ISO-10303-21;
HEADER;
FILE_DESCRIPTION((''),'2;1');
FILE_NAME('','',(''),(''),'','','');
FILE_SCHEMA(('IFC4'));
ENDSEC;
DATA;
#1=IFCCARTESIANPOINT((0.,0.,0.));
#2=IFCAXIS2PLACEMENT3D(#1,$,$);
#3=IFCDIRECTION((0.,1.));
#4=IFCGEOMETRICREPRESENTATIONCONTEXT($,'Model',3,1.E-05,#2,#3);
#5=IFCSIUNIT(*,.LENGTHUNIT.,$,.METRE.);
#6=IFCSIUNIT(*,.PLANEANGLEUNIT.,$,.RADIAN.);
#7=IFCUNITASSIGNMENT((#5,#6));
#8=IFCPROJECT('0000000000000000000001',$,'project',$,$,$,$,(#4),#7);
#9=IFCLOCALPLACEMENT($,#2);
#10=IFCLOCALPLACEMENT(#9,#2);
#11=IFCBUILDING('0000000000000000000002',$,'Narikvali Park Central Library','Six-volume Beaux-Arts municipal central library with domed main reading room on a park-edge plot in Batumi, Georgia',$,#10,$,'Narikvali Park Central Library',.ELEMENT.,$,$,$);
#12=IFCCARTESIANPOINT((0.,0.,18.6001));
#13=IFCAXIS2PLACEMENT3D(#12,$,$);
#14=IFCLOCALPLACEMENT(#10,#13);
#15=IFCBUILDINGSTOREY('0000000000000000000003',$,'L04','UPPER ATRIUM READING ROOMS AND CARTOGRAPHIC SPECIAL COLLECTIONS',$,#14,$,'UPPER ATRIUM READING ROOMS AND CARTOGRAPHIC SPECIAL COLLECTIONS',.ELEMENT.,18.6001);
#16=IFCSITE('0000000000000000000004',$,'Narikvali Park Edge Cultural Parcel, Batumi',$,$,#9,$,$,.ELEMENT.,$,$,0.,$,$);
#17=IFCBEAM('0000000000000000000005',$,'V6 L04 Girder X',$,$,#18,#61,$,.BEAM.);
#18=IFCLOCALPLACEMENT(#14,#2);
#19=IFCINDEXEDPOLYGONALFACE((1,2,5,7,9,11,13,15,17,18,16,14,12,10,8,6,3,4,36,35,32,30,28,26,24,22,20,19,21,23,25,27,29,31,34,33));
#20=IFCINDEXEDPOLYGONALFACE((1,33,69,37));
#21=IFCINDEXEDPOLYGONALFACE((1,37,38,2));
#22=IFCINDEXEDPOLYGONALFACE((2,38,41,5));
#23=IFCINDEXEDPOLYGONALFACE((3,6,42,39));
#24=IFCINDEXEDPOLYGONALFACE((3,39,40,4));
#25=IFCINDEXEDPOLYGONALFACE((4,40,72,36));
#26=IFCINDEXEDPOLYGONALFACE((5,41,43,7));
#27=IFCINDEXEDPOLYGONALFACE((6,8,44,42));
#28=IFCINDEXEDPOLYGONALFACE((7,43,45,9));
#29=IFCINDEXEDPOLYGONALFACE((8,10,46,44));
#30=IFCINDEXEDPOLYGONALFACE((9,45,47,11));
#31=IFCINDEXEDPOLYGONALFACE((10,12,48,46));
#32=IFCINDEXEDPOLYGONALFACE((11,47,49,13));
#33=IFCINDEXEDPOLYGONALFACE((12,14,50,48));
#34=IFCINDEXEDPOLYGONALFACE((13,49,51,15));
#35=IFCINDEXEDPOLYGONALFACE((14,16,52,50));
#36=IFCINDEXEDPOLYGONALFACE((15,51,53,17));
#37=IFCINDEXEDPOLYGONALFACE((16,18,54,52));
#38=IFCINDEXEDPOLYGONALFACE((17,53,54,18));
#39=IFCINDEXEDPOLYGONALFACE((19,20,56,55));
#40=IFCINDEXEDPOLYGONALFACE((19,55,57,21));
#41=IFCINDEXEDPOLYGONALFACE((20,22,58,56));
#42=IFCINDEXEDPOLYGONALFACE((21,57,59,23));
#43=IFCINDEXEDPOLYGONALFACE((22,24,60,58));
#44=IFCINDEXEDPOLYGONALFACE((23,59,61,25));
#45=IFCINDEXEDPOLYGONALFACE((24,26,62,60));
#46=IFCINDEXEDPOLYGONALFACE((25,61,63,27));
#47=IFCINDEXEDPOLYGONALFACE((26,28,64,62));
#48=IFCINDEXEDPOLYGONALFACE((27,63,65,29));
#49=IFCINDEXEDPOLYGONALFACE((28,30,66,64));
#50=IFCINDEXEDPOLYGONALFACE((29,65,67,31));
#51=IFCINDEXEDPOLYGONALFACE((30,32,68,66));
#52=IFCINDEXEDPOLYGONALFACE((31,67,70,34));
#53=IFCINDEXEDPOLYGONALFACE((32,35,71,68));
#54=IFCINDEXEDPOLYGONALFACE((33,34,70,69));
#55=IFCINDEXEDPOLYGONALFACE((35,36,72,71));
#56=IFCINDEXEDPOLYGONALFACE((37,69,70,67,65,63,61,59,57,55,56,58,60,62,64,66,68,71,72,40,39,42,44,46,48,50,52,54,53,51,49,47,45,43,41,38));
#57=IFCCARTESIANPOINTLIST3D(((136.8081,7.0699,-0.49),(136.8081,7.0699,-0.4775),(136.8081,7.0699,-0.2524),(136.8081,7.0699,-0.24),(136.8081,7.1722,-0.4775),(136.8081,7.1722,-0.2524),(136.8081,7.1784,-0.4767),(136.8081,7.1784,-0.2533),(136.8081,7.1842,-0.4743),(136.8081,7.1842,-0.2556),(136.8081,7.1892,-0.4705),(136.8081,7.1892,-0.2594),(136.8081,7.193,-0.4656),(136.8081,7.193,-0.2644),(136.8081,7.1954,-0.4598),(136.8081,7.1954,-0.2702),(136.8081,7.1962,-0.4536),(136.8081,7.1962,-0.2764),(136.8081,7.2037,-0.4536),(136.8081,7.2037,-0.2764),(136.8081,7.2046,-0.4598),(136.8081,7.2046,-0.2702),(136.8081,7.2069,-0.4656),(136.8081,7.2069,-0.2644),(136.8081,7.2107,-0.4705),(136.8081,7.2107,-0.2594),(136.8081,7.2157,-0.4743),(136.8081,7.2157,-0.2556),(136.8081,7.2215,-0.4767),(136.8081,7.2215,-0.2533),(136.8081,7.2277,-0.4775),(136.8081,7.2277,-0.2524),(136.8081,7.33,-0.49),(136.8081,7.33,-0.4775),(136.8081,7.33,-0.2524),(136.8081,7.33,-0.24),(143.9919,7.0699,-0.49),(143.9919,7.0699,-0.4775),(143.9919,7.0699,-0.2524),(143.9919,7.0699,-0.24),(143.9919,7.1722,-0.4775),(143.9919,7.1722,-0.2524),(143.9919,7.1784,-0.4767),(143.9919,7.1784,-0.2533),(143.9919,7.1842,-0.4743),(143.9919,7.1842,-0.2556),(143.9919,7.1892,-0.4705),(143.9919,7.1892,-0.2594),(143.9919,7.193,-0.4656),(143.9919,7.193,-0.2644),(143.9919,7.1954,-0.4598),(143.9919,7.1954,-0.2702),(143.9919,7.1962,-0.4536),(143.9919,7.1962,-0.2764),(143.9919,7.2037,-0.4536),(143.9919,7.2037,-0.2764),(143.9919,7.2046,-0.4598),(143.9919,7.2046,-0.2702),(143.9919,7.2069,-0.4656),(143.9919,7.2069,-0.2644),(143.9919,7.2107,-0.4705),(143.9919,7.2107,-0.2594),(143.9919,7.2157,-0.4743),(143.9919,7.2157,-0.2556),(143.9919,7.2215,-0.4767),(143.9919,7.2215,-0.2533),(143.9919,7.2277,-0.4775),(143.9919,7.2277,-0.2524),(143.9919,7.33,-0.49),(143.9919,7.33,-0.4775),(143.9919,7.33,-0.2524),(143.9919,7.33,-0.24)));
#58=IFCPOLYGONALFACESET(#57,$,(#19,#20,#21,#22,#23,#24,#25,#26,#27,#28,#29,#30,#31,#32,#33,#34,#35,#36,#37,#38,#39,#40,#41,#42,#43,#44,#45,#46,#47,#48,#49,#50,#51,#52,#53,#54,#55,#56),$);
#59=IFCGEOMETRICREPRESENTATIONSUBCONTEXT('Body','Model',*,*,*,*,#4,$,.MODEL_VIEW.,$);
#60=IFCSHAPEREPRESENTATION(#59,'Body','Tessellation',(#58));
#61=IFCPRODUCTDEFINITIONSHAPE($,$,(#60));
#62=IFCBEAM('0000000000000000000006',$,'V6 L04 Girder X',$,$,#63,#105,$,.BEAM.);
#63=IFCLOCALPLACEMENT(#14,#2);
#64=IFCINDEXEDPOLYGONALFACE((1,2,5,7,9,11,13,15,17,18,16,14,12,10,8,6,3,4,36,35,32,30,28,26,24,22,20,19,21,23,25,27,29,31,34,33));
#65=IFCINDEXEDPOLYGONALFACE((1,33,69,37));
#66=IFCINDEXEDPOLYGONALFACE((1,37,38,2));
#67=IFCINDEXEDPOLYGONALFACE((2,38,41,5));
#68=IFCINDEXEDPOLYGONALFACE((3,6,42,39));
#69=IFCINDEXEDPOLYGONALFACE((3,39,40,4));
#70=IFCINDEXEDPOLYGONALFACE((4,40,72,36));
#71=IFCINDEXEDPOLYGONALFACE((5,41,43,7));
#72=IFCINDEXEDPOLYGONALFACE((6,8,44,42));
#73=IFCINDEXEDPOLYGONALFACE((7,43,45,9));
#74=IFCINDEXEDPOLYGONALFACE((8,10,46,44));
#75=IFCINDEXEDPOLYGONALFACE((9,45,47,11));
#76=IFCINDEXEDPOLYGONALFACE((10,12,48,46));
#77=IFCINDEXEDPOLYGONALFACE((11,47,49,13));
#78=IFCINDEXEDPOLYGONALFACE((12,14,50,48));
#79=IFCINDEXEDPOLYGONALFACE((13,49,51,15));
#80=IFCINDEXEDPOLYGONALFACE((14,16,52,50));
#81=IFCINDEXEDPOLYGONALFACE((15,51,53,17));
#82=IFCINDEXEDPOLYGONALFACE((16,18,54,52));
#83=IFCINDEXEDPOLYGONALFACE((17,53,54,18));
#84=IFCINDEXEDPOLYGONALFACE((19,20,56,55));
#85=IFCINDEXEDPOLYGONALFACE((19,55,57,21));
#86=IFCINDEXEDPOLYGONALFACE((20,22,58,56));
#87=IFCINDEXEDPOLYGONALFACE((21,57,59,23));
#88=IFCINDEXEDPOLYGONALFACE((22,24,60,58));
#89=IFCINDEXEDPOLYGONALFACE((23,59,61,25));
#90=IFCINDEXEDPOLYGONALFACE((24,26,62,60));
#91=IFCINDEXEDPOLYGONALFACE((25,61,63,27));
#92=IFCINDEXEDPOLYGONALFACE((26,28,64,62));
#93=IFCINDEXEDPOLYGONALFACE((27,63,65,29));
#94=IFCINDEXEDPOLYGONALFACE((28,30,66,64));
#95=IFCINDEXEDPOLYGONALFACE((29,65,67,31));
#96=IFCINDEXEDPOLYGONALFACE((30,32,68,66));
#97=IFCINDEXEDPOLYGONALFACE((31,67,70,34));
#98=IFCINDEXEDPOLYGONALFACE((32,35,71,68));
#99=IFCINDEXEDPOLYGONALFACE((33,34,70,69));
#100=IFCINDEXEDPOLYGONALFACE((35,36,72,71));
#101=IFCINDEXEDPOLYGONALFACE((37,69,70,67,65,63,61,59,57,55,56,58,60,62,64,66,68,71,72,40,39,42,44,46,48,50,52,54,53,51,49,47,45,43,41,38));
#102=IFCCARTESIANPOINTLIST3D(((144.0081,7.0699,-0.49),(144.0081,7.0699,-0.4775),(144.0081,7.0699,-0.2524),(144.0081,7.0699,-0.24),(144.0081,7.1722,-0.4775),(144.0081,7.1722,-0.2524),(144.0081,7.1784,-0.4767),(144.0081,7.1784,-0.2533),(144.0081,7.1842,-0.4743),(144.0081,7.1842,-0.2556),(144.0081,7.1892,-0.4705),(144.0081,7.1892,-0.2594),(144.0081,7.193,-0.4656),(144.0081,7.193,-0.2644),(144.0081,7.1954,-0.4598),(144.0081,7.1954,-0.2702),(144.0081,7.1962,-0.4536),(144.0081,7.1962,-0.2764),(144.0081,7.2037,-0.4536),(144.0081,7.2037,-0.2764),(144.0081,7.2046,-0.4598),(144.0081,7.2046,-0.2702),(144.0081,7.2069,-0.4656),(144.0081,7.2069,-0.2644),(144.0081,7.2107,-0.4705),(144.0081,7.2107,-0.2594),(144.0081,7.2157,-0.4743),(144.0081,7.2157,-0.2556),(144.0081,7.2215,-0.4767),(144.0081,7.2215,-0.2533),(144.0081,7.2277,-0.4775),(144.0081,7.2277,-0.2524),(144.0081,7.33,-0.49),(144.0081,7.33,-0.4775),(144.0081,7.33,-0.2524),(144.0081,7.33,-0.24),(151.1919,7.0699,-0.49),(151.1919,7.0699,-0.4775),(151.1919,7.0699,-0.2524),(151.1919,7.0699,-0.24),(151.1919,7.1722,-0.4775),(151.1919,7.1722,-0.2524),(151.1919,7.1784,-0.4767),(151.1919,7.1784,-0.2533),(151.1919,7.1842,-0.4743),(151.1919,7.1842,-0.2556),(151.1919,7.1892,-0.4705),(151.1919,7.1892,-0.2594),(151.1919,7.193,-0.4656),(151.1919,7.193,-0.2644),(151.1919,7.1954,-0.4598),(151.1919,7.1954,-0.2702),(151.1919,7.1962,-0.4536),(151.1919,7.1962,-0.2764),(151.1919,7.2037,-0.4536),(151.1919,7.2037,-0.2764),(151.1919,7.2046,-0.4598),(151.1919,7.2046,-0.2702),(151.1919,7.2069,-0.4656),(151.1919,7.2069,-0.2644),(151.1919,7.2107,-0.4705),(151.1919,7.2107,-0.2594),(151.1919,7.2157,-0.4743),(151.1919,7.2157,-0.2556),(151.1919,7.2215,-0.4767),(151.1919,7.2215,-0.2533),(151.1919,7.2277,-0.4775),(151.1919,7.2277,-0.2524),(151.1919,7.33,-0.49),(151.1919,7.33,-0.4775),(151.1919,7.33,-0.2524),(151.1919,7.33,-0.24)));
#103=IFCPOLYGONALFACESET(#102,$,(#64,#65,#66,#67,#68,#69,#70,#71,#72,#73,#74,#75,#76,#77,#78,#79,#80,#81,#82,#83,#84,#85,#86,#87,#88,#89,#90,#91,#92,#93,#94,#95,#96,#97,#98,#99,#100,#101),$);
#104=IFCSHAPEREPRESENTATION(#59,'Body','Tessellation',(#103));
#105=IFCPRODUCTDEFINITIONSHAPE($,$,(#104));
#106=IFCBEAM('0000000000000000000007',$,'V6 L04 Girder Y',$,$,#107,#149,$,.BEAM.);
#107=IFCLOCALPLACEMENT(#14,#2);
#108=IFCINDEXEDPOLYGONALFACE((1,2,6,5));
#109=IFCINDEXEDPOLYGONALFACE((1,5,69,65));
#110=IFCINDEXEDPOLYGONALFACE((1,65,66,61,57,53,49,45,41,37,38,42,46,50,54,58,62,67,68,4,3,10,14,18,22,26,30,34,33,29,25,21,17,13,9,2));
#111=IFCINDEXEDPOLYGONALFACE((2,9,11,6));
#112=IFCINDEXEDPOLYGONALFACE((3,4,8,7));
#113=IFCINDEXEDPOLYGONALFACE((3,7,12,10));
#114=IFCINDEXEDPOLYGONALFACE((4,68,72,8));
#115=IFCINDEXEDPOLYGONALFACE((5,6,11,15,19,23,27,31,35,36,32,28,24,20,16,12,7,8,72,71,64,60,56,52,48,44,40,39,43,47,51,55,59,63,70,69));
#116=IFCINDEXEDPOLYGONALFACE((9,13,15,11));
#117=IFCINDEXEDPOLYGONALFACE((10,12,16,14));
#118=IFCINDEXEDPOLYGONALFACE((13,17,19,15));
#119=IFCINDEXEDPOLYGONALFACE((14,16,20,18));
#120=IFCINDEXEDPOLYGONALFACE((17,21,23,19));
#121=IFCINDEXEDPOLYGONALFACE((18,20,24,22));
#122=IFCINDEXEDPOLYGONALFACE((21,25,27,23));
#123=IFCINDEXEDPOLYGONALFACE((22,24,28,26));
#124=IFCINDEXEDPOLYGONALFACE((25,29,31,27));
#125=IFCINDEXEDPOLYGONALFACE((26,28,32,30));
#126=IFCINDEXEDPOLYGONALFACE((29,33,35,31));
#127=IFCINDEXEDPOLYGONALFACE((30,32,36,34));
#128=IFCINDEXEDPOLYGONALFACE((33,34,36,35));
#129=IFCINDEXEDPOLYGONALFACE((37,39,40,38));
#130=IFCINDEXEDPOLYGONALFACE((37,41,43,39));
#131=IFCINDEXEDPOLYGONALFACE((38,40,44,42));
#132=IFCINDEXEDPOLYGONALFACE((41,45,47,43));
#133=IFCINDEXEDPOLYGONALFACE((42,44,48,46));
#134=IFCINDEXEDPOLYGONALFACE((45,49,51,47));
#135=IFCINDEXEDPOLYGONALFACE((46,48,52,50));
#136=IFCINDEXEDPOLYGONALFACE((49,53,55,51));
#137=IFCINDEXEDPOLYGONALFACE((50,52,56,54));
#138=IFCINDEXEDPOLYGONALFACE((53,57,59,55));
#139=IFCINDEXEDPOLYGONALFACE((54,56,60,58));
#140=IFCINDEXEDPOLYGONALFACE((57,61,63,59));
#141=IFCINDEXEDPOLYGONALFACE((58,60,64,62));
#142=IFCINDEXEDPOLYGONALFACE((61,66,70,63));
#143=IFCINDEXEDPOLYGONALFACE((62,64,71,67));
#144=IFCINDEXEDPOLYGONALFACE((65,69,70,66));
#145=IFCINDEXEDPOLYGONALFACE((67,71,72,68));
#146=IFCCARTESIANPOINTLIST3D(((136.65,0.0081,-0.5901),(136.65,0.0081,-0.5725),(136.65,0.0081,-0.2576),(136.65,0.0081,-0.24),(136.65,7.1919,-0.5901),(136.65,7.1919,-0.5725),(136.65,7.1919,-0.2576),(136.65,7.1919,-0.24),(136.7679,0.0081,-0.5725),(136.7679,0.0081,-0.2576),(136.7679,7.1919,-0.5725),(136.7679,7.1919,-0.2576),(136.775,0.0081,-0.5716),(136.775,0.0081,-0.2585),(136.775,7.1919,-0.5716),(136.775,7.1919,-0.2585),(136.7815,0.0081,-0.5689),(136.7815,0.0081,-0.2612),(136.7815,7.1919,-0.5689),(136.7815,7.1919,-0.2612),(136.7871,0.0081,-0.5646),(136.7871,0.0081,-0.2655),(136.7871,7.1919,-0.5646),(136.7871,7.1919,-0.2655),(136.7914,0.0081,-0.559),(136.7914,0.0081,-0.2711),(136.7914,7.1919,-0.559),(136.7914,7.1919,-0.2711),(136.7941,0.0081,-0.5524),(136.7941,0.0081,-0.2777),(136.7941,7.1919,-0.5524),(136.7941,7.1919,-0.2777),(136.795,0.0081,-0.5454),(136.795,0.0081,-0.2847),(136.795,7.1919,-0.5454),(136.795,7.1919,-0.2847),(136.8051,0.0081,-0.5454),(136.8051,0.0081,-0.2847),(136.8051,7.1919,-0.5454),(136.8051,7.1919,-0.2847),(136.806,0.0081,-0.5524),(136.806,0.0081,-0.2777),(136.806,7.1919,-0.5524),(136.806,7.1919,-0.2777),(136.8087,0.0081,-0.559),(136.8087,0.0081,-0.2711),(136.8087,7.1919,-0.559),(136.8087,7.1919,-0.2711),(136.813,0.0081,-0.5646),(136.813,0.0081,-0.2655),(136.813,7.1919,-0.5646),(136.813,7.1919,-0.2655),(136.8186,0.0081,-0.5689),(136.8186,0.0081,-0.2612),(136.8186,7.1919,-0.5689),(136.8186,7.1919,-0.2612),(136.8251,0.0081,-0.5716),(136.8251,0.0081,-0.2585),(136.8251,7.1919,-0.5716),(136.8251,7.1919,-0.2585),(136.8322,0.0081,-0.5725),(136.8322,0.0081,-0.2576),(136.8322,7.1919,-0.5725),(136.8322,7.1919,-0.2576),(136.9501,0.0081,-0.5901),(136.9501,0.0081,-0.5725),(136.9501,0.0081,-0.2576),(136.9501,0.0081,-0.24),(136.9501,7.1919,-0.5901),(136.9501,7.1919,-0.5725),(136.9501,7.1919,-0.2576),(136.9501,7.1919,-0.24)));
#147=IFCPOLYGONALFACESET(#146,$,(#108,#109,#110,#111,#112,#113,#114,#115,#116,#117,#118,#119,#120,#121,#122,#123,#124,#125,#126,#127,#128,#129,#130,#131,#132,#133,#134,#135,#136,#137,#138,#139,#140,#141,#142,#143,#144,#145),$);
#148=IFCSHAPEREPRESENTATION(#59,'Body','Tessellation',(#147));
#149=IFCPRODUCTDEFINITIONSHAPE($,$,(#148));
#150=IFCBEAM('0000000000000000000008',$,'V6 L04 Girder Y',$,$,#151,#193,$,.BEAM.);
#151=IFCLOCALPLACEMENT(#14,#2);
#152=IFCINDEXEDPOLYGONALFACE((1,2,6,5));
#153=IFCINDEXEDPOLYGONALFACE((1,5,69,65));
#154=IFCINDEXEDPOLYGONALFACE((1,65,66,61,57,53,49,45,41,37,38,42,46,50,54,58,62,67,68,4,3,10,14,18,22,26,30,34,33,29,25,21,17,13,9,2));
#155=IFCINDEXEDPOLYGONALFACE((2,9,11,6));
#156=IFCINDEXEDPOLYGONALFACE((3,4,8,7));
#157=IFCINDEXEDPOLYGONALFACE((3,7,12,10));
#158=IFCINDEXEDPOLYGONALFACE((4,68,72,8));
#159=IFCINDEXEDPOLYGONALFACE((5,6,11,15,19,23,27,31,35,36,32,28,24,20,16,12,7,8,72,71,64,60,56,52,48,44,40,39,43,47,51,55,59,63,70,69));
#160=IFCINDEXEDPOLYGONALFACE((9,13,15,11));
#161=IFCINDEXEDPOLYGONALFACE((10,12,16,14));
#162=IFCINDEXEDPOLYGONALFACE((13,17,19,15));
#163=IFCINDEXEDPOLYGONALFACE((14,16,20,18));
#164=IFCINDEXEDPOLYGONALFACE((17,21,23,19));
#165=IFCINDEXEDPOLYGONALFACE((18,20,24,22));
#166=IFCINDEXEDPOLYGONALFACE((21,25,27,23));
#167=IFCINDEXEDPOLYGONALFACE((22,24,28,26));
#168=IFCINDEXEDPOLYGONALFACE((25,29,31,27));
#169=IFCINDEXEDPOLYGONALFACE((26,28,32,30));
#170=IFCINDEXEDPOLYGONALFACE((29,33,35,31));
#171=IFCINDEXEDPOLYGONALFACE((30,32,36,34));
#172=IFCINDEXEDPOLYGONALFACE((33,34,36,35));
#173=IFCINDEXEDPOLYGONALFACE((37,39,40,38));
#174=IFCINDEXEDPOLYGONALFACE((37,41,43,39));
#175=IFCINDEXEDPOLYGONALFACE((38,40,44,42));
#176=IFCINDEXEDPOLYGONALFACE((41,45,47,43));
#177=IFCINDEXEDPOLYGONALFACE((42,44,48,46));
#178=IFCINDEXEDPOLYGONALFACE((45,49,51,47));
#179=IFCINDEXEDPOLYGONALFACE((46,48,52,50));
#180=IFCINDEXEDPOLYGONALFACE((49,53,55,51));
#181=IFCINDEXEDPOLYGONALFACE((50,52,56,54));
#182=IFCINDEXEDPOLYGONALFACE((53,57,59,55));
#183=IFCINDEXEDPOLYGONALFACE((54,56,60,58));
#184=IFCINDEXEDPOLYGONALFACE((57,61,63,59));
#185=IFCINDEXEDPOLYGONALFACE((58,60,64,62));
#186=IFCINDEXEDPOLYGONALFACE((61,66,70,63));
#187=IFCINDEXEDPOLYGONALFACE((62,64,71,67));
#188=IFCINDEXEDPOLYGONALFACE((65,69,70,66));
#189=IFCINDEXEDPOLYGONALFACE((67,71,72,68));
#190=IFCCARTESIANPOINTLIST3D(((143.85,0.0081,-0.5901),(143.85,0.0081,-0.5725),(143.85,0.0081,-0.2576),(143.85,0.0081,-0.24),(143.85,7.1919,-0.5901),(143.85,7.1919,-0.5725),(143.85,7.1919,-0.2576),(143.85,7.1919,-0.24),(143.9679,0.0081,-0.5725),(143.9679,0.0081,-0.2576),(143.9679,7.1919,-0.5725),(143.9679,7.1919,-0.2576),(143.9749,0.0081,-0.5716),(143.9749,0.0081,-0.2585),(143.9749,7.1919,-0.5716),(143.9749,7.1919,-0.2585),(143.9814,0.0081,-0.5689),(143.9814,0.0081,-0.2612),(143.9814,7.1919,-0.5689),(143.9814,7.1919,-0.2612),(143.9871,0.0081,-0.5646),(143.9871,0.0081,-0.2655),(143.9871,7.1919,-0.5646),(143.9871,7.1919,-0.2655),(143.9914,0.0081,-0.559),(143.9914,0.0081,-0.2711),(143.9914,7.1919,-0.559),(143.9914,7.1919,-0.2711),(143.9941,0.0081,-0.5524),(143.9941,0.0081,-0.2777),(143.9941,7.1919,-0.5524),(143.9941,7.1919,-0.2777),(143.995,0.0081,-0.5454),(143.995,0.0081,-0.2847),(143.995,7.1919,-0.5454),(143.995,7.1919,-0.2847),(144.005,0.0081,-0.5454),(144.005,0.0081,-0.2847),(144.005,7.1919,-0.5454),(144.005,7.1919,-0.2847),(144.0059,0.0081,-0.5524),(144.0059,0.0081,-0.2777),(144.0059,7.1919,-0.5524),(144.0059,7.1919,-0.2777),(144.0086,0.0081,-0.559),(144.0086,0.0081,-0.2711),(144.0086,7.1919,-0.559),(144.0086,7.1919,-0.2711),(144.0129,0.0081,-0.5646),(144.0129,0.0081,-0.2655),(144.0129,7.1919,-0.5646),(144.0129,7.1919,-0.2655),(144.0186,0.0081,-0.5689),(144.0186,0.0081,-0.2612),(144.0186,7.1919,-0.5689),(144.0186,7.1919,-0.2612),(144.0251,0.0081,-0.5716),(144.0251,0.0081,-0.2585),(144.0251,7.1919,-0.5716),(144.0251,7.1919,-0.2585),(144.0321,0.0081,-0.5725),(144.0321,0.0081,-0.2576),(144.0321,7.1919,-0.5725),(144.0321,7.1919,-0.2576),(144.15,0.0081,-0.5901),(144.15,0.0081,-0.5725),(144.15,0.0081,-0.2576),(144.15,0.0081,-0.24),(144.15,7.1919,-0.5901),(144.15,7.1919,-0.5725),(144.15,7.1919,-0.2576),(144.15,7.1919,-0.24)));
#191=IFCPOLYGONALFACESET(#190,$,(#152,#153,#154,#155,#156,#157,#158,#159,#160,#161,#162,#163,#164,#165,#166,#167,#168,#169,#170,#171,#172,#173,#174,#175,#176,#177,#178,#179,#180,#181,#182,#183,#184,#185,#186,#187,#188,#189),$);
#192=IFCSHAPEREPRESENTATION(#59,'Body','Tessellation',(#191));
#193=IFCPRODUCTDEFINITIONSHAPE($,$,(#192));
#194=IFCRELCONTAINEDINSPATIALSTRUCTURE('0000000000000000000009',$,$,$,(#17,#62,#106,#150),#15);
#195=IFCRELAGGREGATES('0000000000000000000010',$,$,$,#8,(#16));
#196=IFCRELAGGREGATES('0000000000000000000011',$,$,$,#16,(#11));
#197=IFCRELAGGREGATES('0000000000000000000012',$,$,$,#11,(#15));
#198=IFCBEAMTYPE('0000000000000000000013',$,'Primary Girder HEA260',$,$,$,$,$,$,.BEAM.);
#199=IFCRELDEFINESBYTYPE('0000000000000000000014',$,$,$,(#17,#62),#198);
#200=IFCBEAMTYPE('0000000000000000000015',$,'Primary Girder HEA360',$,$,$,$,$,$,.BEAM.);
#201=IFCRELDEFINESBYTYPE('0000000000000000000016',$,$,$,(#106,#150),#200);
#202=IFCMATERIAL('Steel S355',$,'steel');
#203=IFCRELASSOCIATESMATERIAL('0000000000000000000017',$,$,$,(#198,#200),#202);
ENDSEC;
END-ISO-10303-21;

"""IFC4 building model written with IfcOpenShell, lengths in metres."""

from ifc_helpers import new_model, si_unit, direction, frame, origin, origin_2d, place, context, subcontext, project, spatial, i_section, extrude, material, material_profile, profile_set, type_object, element, save


model = new_model("IFC4")

# Units and contexts
model_context = context("Model", 3, precision=1e-05, world=origin(), true_north=direction((0.0, 1.0)))
body_context = subcontext(model_context, "Body", "Model", "MODEL_VIEW")
ifc_project = project(units=[si_unit("LENGTHUNIT", "METRE"), si_unit("PLANEANGLEUNIT", "RADIAN")], contexts=[model_context])

# Site, building, storey
site_placement = place(None, origin())
site = spatial("IfcSite", under=ifc_project, at=site_placement, Name="Narikvali Park Edge Cultural Parcel, Batumi", CompositionType="ELEMENT", RefElevation=0.0)
building_placement = place(site_placement, origin())
building = spatial("IfcBuilding", under=site, at=building_placement, Name="Narikvali Park Central Library", Description="Six-volume Beaux-Arts municipal central library with domed main reading room on a park-edge plot in Batumi, Georgia", LongName="Narikvali Park Central Library", CompositionType="ELEMENT")
storey_placement = place(building_placement, frame((0.0, 0.0, 18.6001)))
storey = spatial("IfcBuildingStorey", under=building, at=storey_placement, Name="L04", Description="UPPER ATRIUM READING ROOMS AND CARTOGRAPHIC SPECIAL COLLECTIONS", LongName="UPPER ATRIUM READING ROOMS AND CARTOGRAPHIC SPECIAL COLLECTIONS", CompositionType="ELEMENT", Elevation=18.6001)

# Shared definitions
ifc_material = material(Name="Steel S355", Category="steel")

# Beams
ifc_material_profile_1 = material_profile(ifc_material, i_section(OverallWidth=0.26, OverallDepth=0.25, WebThickness=0.0076, FlangeThickness=0.0125, FilletRadius=0.0239, at=origin_2d()), Name="HEA 260")
ifc_profile_set_1 = profile_set([ifc_material_profile_1], Name="Steel S355")
beam_type_1 = type_object("IfcBeamType", Name="Primary Girder HEA260", PredefinedType="BEAM", material=ifc_profile_set_1)
for number, where, z_axis, x_axis, name in (
    (1, (136.8081, 7.2, -0.365), (1.0, 0.0, 0.0), (0.0, 1.0, 0.0), "V6 L04 Girder X"),
    (2, (144.0081, 7.2, -0.365), (1.0, 0.0, 0.0), (0.0, 1.0, 0.0), "V6 L04 Girder X"),
):
    element("IfcBeam", number, at=place(storey_placement, frame(where, z_axis=z_axis, x_axis=x_axis)), inside=storey, type_object=beam_type_1, Name=name, PredefinedType="BEAM", context=body_context, shape_type="SweptSolid", body=[
        extrude(i_section(OverallWidth=0.26, OverallDepth=0.25, WebThickness=0.0076, FlangeThickness=0.0125, FilletRadius=0.0239, at=origin_2d()), origin(), (0.0, 0.0, 1.0), 7.1838),
    ])
ifc_material_profile_2 = material_profile(ifc_material, i_section(OverallWidth=0.3, OverallDepth=0.3501, WebThickness=0.01, FlangeThickness=0.0176, FilletRadius=0.0271, at=origin_2d()), Name="HEA 360")
ifc_profile_set_2 = profile_set([ifc_material_profile_2], Name="Steel S355")
beam_type_2 = type_object("IfcBeamType", Name="Primary Girder HEA360", PredefinedType="BEAM", material=ifc_profile_set_2)
for number, where, z_axis, x_axis, name in (
    (3, (136.8, 0.0081, -0.415), (0.0, 1.0, 0.0), (-1.0, 0.0, 0.0), "V6 L04 Girder Y"),
    (4, (144.0, 0.0081, -0.415), (0.0, 1.0, 0.0), (-1.0, 0.0, 0.0), "V6 L04 Girder Y"),
):
    element("IfcBeam", number, at=place(storey_placement, frame(where, z_axis=z_axis, x_axis=x_axis)), inside=storey, type_object=beam_type_2, Name=name, PredefinedType="BEAM", context=body_context, shape_type="SweptSolid", body=[
        extrude(i_section(OverallWidth=0.3, OverallDepth=0.3501, WebThickness=0.01, FlangeThickness=0.0176, FilletRadius=0.0271, at=origin_2d()), origin(), (0.0, 0.0, 1.0), 7.1838),
    ])

save(model, "model.ifc")
